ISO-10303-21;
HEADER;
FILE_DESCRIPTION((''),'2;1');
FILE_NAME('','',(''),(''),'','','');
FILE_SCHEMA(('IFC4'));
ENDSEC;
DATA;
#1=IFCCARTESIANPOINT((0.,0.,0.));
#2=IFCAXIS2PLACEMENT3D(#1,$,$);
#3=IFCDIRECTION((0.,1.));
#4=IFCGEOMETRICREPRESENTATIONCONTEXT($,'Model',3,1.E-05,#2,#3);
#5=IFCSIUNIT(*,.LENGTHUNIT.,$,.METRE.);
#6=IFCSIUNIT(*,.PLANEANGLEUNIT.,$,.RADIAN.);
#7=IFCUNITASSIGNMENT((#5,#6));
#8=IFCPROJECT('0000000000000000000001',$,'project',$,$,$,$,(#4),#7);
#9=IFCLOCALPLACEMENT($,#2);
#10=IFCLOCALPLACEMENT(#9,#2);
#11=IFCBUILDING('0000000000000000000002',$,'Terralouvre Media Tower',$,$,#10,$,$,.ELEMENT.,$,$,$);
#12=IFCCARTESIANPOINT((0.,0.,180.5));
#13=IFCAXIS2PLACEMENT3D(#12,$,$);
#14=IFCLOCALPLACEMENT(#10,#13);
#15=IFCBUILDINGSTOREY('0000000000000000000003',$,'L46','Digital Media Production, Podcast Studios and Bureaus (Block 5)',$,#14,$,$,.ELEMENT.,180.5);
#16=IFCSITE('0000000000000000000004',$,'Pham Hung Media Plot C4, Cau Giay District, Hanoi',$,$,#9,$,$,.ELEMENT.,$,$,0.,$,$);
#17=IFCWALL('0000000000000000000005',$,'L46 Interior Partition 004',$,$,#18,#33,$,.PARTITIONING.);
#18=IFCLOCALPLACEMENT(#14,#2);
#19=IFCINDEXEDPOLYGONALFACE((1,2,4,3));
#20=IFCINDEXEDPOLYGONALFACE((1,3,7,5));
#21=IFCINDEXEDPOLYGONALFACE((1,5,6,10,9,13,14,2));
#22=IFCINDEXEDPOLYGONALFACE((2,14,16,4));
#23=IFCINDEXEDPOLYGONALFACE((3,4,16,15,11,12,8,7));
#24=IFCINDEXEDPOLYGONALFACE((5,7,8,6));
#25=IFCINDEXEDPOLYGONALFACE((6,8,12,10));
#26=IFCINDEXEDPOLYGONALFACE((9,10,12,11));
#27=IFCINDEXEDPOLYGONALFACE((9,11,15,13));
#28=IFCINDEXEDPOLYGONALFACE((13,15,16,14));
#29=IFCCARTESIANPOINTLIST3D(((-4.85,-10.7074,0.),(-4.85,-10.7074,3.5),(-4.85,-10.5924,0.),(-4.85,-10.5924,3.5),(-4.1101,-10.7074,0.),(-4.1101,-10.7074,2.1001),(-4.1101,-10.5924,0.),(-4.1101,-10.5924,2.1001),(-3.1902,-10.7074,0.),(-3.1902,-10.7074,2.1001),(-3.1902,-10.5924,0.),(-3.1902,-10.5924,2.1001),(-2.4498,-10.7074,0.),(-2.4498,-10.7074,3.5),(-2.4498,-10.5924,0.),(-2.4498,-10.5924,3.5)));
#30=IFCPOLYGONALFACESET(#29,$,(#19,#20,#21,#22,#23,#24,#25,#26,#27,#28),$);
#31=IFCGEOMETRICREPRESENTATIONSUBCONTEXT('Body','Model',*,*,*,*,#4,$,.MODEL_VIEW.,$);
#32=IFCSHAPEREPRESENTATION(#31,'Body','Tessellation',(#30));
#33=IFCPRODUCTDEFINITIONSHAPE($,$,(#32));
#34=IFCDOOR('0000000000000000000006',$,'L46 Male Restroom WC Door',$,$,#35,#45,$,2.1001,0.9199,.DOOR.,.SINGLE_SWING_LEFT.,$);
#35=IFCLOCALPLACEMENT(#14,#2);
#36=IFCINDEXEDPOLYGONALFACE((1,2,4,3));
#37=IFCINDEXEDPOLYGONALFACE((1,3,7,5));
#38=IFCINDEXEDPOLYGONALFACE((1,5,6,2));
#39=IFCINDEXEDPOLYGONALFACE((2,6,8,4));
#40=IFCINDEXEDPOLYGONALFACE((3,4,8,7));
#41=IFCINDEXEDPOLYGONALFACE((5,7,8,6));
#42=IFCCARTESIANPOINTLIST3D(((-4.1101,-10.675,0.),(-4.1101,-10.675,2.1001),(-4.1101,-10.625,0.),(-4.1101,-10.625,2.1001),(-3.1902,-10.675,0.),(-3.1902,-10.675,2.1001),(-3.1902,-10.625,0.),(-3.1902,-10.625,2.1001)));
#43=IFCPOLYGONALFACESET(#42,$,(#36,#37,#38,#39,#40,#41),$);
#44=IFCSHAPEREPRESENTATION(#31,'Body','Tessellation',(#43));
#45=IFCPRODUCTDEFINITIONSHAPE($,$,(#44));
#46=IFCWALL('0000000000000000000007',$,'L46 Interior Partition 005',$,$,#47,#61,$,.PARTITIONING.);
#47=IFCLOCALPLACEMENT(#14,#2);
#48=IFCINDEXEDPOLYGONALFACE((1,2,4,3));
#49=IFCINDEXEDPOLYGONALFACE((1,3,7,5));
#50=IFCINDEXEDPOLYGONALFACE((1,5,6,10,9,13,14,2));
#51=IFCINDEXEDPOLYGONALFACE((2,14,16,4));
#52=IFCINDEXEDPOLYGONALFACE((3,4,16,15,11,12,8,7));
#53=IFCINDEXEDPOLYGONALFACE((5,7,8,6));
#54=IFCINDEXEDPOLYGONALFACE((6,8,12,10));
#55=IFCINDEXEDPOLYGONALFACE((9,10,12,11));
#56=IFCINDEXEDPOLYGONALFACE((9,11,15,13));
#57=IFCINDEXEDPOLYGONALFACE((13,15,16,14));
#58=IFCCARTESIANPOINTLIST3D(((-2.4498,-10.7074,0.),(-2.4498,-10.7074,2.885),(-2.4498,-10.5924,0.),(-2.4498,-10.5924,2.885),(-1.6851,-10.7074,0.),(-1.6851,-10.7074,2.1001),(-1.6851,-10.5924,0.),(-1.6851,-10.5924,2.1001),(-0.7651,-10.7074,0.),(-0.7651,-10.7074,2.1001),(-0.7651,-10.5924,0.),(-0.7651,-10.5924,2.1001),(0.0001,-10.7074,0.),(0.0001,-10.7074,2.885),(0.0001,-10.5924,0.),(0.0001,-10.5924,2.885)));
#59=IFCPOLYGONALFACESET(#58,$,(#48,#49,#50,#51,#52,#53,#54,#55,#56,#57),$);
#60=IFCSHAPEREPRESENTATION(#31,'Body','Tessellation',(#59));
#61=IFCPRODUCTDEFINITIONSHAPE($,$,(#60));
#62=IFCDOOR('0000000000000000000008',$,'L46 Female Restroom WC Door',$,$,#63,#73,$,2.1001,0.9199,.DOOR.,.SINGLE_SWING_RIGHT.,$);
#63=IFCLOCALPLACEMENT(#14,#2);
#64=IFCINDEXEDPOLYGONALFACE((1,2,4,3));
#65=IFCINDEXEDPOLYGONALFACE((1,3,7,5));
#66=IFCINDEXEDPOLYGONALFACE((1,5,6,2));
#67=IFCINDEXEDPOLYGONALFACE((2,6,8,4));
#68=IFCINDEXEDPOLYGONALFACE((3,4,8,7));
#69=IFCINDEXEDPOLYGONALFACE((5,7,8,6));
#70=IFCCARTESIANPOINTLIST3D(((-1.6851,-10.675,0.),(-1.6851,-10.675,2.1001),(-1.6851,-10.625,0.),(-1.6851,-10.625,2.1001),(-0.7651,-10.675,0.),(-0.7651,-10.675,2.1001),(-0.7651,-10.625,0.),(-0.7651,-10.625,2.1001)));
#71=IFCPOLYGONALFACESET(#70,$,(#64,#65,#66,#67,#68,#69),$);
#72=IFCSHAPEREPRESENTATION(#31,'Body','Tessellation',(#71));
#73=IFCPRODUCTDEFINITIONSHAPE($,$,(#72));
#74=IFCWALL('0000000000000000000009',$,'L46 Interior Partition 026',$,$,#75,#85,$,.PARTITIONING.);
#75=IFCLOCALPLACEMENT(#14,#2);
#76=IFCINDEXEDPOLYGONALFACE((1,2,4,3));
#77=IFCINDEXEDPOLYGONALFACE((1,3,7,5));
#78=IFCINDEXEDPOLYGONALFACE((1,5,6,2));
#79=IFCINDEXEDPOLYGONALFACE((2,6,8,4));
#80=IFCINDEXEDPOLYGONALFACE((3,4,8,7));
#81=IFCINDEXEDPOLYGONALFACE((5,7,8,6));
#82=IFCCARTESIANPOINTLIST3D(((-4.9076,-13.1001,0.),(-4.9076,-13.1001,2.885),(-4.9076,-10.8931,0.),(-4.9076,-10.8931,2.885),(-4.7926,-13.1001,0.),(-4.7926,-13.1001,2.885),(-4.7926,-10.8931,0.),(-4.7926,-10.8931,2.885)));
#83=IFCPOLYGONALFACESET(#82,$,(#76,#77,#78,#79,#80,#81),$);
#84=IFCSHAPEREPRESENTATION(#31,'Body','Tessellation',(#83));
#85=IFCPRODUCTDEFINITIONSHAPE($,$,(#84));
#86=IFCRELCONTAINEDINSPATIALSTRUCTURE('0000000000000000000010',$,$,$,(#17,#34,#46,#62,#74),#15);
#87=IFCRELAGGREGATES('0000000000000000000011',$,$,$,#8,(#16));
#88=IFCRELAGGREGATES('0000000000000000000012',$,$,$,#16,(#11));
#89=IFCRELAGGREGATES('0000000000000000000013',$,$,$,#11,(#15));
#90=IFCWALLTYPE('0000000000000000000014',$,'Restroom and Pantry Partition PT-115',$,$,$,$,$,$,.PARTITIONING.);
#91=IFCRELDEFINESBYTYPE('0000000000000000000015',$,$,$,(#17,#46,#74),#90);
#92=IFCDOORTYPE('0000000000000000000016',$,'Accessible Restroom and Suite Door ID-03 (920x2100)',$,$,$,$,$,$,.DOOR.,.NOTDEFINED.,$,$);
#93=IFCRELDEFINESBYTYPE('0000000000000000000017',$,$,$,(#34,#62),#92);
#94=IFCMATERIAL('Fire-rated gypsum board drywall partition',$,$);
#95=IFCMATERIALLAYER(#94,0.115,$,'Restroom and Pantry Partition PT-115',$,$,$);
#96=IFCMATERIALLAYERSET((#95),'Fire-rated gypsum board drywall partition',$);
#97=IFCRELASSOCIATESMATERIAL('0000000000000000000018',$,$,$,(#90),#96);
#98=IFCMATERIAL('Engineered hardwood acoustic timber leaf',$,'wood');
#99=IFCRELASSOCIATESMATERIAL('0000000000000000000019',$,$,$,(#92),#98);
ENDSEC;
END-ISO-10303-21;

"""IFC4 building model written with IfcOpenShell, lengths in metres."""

from ifc_helpers import new_model, si_unit, direction, frame, frame_2d, origin, place, context, subcontext, project, spatial, rectangle, extrude, material, layer, layer_set, type_object, element, fill, save


model = new_model("IFC4")

# Units and contexts
model_context = context("Model", 3, precision=1e-05, world=origin(), true_north=direction((0.0, 1.0)))
body_context = subcontext(model_context, "Body", "Model", "MODEL_VIEW")
ifc_project = project(units=[si_unit("LENGTHUNIT", "METRE"), si_unit("PLANEANGLEUNIT", "RADIAN")], contexts=[model_context])

# Site, building, storey
site_placement = place(None, origin())
site = spatial("IfcSite", under=ifc_project, at=site_placement, Name="Pham Hung Media Plot C4, Cau Giay District, Hanoi", CompositionType="ELEMENT", RefElevation=0.0)
building_placement = place(site_placement, origin())
building = spatial("IfcBuilding", under=site, at=building_placement, Name="Terralouvre Media Tower", CompositionType="ELEMENT")
storey_placement = place(building_placement, frame((0.0, 0.0, 180.5)))
storey = spatial("IfcBuildingStorey", under=building, at=storey_placement, Name="L46", Description="Digital Media Production, Podcast Studios and Bureaus (Block 5)", CompositionType="ELEMENT", Elevation=180.5)

# Walls, openings, doors
ifc_material_1 = material(Name="Fire-rated gypsum board drywall partition")
ifc_layer_1 = layer(ifc_material_1, 0.115, Name="Restroom and Pantry Partition PT-115")
ifc_layer_set_1 = layer_set([ifc_layer_1], Name="Fire-rated gypsum board drywall partition")
wall_type_1 = type_object("IfcWallType", Name="Restroom and Pantry Partition PT-115", PredefinedType="PARTITIONING", material=ifc_layer_set_1)
wall_1_placement = place(storey_placement, frame((-4.8501, -10.6499, 0.0), z_axis=(0.0, 0.0, 1.0), x_axis=(1.0, 0.0, 0.0)))
wall_1 = element("IfcWall", 1, at=wall_1_placement, inside=storey, type_object=wall_type_1, Name="L46 Interior Partition 004", PredefinedType="PARTITIONING", context=body_context, shape_type="SweptSolid", body=[
    extrude(rectangle(XDim=2.4001, YDim=0.115, at=frame_2d((1.2002, 0.0))), origin(), (0.0, 0.0, 1.0), 3.5),
])
opening_1_placement = place(wall_1_placement, frame((0.74, 0.0, 0.0)))
opening_1 = element("IfcOpeningElement", 2, at=opening_1_placement, cuts=wall_1, PredefinedType="OPENING", context=body_context, shape_type="SweptSolid", body=[
    extrude(rectangle(XDim=0.9199, YDim=2.1001, at=frame_2d((0.46, 1.05))), frame((0.0, 0.0674, 0.0), z_axis=(0.0, -1.0, 0.0), x_axis=(1.0, 0.0, 0.0)), (0.0, 0.0, 1.0), 0.135),
])
ifc_material_2 = material(Name="Engineered hardwood acoustic timber leaf", Category="wood")
door_type_1 = type_object("IfcDoorType", Name="Accessible Restroom and Suite Door ID-03 (920x2100)", OperationType="NOTDEFINED", PredefinedType="DOOR", material=ifc_material_2)
door_1_placement = place(opening_1_placement, origin())
door_1 = element("IfcDoor", 3, at=door_1_placement, inside=storey, type_object=door_type_1, Name="L46 Male Restroom WC Door", OperationType="SINGLE_SWING_LEFT", OverallHeight=2.1001, OverallWidth=0.9199, PredefinedType="DOOR", context=body_context, shape_type="SweptSolid", body=[
    extrude(rectangle(XDim=0.9199, YDim=2.1001, at=frame_2d((0.46, 1.05))), frame((0.0, 0.0249, 0.0), z_axis=(0.0, -1.0, 0.0), x_axis=(1.0, 0.0, 0.0)), (0.0, 0.0, 1.0), 0.05),
])
fill(opening_1, door_1)
wall_2_placement = place(storey_placement, frame((-2.45, -10.6499, 0.0), z_axis=(0.0, 0.0, 1.0), x_axis=(1.0, 0.0, 0.0)))
wall_2 = element("IfcWall", 4, at=wall_2_placement, inside=storey, type_object=wall_type_1, Name="L46 Interior Partition 005", PredefinedType="PARTITIONING", context=body_context, shape_type="SweptSolid", body=[
    extrude(rectangle(XDim=2.45, YDim=0.115, at=frame_2d((1.2251, 0.0))), origin(), (0.0, 0.0, 1.0), 2.885),
])
opening_2_placement = place(wall_2_placement, frame((0.7649, 0.0, 0.0)))
opening_2 = element("IfcOpeningElement", 5, at=opening_2_placement, cuts=wall_2, PredefinedType="OPENING", context=body_context, shape_type="SweptSolid", body=[
    extrude(rectangle(XDim=0.9199, YDim=2.1001, at=frame_2d((0.46, 1.05))), frame((0.0, 0.0674, 0.0), z_axis=(0.0, -1.0, 0.0), x_axis=(1.0, 0.0, 0.0)), (0.0, 0.0, 1.0), 0.135),
])
door_2_placement = place(opening_2_placement, origin())
door_2 = element("IfcDoor", 6, at=door_2_placement, inside=storey, type_object=door_type_1, Name="L46 Female Restroom WC Door", OperationType="SINGLE_SWING_RIGHT", OverallHeight=2.1001, OverallWidth=0.9199, PredefinedType="DOOR", context=body_context, shape_type="SweptSolid", body=[
    extrude(rectangle(XDim=0.9199, YDim=2.1001, at=frame_2d((0.46, 1.05))), frame((0.0, 0.0249, 0.0), z_axis=(0.0, -1.0, 0.0), x_axis=(1.0, 0.0, 0.0)), (0.0, 0.0, 1.0), 0.05),
])
fill(opening_2, door_2)

# Wall
wall_3_placement = place(storey_placement, frame((-4.8501, -10.8931, 0.0), z_axis=(0.0, 0.0, 1.0), x_axis=(0.0, -1.0, 0.0)))
element("IfcWall", 7, at=wall_3_placement, inside=storey, type_object=wall_type_1, Name="L46 Interior Partition 026", PredefinedType="PARTITIONING", context=body_context, shape_type="SweptSolid", body=[
    extrude(rectangle(XDim=2.207, YDim=0.115, at=frame_2d((1.1035, 0.0))), origin(), (0.0, 0.0, 1.0), 2.885),
])

save(model, "model.ifc")
